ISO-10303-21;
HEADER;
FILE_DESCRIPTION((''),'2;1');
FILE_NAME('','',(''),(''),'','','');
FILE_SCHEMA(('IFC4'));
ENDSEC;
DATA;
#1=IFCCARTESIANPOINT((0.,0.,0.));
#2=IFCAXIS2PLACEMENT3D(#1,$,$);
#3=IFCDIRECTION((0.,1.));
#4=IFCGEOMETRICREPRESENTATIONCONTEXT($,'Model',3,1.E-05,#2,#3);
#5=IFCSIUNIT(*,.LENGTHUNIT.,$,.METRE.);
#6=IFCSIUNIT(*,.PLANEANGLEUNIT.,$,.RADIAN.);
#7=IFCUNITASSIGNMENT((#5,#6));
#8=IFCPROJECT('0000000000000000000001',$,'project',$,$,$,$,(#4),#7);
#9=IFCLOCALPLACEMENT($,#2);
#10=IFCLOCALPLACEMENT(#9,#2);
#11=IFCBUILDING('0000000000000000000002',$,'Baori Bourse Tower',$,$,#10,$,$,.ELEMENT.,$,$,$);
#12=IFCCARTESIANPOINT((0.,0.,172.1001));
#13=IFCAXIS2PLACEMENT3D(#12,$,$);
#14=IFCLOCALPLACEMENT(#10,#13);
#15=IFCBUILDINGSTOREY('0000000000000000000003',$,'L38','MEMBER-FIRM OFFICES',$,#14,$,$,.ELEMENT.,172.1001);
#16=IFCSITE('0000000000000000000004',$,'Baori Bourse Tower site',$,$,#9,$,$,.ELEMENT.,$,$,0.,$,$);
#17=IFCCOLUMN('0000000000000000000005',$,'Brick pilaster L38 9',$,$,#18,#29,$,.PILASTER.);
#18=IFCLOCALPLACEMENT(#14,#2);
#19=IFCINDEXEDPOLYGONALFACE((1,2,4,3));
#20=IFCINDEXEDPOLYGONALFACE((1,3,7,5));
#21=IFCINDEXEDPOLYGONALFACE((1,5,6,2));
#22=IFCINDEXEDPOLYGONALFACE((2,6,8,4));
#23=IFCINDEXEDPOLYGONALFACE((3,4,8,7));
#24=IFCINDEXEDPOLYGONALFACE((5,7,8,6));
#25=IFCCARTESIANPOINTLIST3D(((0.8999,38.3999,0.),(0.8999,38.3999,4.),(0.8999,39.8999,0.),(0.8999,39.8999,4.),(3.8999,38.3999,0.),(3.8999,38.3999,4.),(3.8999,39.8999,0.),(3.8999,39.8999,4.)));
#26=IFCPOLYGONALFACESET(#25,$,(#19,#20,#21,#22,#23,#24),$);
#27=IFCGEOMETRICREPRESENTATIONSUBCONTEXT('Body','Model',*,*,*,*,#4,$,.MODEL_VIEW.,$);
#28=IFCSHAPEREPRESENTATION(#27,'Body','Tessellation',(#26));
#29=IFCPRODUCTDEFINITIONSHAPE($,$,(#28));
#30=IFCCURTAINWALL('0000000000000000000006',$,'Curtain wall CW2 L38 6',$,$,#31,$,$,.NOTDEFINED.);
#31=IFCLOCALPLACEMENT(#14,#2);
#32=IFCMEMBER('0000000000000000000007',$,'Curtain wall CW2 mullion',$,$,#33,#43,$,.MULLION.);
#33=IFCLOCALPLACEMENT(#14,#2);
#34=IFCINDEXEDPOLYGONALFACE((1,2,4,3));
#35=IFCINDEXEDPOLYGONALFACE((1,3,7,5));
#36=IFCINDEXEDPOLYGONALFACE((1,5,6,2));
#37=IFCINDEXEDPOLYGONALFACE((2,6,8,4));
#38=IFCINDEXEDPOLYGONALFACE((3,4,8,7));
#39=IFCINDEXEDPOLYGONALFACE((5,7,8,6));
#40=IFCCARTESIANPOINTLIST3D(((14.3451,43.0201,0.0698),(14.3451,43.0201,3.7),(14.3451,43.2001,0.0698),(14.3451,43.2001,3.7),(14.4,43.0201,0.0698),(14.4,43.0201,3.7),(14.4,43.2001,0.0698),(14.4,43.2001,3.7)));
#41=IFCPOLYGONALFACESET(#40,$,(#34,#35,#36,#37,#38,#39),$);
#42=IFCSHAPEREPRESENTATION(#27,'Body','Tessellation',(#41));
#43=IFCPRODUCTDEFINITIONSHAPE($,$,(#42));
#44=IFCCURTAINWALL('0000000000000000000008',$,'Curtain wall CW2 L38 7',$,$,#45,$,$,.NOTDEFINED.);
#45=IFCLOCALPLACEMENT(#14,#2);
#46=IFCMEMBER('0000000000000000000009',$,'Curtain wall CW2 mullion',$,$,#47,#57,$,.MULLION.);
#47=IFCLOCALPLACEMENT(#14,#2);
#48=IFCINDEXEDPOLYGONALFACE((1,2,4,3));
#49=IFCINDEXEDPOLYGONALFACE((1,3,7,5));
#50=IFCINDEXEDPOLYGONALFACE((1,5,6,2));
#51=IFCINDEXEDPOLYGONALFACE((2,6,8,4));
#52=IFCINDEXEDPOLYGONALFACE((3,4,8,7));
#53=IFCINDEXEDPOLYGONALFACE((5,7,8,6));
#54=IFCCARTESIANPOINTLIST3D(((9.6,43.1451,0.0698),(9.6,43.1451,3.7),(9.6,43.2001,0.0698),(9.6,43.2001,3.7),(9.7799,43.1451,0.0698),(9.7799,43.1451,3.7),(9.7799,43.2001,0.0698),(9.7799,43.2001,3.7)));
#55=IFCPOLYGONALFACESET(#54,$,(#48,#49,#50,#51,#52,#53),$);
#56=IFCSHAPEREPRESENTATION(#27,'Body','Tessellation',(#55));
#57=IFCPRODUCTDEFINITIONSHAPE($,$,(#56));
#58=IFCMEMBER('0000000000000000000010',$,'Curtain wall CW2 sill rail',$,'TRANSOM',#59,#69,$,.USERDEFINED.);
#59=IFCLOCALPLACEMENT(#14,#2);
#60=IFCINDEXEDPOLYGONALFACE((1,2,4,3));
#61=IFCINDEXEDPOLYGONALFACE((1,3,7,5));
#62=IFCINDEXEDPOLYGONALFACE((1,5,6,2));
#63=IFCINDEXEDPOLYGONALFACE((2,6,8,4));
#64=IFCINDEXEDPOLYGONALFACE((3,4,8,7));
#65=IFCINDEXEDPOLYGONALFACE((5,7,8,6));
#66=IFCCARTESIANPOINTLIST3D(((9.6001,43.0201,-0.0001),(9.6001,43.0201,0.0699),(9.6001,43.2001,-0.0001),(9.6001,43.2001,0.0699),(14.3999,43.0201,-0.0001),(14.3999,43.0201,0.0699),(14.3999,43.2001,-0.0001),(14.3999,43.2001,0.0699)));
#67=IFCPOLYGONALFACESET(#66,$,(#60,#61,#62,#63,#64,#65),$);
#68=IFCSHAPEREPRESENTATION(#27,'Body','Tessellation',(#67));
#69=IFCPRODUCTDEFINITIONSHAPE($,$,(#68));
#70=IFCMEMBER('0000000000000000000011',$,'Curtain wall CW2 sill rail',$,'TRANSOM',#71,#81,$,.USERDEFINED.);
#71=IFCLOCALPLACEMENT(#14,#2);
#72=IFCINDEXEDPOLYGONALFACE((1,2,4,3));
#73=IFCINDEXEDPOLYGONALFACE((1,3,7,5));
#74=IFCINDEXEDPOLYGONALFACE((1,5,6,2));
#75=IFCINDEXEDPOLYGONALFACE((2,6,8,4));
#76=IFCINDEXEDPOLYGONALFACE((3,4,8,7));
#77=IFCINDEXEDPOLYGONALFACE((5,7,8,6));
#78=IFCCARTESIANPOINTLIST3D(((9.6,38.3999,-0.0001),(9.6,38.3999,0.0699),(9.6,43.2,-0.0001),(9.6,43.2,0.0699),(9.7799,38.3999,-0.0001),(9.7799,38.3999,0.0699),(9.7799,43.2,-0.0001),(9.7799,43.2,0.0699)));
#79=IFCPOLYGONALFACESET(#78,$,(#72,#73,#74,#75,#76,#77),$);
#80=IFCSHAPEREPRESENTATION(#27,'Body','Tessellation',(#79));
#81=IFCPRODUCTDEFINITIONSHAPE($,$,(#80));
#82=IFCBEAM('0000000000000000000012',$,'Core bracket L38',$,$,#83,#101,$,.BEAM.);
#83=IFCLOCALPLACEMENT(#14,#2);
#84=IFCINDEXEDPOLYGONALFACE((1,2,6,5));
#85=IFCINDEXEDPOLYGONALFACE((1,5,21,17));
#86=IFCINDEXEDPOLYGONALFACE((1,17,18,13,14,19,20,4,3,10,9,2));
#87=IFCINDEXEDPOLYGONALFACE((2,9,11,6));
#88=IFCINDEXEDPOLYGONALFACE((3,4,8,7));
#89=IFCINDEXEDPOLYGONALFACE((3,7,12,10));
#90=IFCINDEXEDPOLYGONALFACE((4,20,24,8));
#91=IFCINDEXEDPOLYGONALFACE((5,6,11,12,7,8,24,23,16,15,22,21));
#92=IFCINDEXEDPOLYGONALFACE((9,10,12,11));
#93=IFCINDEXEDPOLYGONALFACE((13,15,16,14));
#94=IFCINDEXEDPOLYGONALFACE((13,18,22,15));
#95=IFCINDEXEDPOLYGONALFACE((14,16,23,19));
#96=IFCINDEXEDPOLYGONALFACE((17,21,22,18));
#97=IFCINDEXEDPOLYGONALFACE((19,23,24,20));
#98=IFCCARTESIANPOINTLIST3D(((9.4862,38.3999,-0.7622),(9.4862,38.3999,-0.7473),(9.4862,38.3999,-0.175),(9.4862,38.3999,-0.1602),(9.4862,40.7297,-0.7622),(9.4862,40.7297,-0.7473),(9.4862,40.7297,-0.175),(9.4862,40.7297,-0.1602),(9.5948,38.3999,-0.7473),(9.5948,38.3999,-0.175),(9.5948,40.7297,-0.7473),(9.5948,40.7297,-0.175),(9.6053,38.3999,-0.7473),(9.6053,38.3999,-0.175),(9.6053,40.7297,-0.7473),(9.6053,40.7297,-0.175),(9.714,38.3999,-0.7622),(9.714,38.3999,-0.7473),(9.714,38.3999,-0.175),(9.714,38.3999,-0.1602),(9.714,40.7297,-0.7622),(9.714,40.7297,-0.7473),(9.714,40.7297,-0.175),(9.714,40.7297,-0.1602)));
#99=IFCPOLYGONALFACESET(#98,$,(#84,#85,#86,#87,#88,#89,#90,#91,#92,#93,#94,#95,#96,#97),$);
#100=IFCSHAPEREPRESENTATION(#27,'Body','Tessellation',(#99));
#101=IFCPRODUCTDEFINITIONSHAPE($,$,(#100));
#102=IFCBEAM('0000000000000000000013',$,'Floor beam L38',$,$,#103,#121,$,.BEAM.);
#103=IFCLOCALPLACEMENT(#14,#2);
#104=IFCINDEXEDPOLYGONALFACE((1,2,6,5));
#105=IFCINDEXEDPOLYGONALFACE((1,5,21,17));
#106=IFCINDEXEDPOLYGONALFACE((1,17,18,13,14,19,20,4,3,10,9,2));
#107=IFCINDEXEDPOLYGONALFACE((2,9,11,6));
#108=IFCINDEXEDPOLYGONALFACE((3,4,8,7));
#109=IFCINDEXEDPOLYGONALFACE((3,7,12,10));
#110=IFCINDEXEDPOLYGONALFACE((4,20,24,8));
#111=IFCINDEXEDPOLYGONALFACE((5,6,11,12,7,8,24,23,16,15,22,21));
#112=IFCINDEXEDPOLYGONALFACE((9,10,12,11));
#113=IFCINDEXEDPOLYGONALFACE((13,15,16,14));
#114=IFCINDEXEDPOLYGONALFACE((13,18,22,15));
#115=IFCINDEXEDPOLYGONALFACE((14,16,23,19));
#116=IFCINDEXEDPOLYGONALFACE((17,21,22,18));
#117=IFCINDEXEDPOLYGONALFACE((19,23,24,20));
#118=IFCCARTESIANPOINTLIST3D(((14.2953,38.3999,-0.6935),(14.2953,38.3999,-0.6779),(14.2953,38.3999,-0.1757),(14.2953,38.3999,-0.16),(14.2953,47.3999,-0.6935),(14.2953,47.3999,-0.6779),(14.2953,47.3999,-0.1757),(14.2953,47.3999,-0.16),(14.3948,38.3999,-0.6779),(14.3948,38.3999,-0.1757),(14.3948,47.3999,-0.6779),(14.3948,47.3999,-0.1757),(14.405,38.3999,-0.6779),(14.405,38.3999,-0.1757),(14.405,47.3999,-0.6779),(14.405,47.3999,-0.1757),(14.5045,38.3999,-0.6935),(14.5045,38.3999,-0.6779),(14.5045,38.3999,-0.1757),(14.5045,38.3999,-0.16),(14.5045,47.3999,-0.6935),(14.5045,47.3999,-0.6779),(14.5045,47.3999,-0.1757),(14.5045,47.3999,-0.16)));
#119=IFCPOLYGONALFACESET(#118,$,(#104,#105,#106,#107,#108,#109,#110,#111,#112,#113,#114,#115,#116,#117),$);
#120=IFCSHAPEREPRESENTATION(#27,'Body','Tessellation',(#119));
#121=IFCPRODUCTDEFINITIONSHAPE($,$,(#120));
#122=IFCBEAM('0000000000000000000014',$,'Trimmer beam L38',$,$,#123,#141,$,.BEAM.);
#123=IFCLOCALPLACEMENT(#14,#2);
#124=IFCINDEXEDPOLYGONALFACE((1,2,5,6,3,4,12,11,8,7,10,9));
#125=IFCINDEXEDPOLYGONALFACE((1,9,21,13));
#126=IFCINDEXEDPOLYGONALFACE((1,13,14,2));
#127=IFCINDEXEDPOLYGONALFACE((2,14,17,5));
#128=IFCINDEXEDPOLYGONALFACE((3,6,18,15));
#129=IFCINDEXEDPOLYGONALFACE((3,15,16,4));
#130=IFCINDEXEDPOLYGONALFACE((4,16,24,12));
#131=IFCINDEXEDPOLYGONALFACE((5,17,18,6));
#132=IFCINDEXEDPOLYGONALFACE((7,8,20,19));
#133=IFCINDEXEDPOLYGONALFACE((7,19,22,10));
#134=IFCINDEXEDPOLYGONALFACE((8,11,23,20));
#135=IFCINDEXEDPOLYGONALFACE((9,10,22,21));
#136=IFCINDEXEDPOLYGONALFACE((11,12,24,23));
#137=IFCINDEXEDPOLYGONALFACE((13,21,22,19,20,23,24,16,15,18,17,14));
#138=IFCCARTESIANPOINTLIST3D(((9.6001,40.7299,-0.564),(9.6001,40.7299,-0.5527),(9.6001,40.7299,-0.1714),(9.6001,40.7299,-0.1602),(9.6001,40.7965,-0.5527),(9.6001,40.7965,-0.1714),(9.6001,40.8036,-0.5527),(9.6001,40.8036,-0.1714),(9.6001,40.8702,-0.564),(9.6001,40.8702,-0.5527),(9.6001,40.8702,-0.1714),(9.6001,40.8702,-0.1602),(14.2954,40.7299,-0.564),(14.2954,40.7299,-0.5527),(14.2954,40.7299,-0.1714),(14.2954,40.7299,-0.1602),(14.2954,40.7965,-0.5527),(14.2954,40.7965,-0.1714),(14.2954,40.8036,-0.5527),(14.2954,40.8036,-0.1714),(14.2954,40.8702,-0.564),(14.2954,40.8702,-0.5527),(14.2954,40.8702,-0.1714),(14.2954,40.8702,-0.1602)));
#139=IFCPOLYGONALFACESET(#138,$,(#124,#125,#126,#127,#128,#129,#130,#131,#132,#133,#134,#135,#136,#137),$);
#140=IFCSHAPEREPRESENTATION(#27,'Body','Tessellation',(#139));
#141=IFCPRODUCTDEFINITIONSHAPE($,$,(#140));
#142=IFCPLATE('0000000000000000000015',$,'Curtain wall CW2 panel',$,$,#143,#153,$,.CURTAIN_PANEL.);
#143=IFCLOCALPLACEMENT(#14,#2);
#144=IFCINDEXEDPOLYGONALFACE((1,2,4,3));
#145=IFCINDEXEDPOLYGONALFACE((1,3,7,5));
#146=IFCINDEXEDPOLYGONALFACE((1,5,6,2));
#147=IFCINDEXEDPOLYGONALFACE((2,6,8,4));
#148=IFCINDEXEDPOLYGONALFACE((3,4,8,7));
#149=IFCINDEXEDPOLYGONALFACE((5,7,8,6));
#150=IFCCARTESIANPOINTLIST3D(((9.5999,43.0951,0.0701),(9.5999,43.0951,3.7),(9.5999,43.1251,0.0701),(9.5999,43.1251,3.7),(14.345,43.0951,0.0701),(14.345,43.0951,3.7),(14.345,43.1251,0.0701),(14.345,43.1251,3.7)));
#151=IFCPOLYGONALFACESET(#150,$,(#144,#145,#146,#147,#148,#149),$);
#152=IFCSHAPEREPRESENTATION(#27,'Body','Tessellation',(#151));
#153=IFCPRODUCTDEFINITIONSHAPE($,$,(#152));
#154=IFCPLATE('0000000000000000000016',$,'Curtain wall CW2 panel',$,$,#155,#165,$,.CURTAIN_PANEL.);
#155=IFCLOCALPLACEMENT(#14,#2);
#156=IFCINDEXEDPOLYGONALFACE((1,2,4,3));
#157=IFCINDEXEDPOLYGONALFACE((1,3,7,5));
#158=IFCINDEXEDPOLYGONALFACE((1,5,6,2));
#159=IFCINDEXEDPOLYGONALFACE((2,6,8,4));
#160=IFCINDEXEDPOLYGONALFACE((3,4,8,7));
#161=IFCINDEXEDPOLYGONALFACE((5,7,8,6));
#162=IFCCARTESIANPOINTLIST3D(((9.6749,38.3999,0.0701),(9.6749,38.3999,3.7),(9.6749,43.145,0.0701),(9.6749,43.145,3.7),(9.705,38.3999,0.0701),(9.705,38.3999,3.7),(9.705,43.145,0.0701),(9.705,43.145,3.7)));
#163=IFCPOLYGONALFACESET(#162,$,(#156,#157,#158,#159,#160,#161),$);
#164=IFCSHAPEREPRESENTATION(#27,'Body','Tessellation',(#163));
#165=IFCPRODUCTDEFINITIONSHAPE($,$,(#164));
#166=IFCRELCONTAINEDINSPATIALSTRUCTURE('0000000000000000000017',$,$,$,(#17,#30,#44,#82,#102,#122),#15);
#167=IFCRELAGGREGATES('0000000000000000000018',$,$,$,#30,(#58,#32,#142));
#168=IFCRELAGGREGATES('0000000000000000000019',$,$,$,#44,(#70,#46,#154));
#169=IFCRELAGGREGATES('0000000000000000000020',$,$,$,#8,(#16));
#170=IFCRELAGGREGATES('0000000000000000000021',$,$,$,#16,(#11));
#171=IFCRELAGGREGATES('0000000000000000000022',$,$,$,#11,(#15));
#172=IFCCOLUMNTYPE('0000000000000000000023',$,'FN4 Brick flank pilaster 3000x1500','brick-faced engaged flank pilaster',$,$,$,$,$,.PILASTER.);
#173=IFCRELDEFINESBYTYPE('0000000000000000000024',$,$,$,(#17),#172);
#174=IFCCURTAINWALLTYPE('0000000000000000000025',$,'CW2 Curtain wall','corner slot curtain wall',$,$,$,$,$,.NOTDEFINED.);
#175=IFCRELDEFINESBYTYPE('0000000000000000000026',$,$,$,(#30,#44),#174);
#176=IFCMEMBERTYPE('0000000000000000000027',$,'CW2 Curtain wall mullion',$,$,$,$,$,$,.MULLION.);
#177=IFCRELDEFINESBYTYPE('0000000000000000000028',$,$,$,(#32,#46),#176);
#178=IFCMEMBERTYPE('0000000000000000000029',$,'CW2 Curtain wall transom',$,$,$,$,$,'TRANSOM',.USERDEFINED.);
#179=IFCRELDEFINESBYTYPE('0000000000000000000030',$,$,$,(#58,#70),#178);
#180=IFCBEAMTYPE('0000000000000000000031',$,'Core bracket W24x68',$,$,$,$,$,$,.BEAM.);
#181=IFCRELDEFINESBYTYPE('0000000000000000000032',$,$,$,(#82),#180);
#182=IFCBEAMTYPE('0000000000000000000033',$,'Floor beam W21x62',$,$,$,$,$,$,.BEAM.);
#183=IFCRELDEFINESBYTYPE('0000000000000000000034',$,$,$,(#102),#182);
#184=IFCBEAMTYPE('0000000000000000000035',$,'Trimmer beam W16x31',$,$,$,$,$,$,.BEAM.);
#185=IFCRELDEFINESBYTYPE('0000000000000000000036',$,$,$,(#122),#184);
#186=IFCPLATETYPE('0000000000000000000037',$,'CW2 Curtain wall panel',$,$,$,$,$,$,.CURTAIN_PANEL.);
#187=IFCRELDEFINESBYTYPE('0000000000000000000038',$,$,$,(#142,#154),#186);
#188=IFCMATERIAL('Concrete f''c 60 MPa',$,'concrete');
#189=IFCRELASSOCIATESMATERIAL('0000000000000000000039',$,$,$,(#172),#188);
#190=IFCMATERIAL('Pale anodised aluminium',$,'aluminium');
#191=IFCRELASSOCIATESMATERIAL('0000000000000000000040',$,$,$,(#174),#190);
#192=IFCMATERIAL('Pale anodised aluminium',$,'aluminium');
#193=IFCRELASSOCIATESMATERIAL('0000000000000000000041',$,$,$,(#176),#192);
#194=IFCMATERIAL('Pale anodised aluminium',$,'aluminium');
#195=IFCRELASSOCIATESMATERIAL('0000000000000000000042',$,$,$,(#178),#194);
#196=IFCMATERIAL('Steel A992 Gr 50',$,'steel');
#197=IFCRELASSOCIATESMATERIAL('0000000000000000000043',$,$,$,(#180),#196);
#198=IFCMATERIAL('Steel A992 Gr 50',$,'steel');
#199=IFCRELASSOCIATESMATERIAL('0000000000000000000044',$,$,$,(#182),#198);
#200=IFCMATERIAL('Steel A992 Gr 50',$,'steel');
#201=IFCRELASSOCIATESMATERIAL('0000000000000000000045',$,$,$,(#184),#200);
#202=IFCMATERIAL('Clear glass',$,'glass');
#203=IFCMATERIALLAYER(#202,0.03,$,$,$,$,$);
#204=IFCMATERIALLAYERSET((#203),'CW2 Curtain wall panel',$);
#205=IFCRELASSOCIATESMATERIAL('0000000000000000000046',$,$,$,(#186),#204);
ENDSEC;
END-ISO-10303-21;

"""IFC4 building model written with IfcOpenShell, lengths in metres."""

from ifc_helpers import new_model, si_unit, direction, frame, origin, origin_2d, place, context, subcontext, project, spatial, rectangle, i_section, extrude, material, layer, layer_set, material_profile, profile_set, type_object, element, aggregate, save


model = new_model("IFC4")

# Units and contexts
model_context = context("Model", 3, precision=1e-05, world=origin(), true_north=direction((0.0, 1.0)))
body_context = subcontext(model_context, "Body", "Model", "MODEL_VIEW")
ifc_project = project(units=[si_unit("LENGTHUNIT", "METRE"), si_unit("PLANEANGLEUNIT", "RADIAN")], contexts=[model_context])

# Site, building, storey
site_placement = place(None, origin())
site = spatial("IfcSite", under=ifc_project, at=site_placement, Name="Baori Bourse Tower site", CompositionType="ELEMENT", RefElevation=0.0)
building_placement = place(site_placement, origin())
building = spatial("IfcBuilding", under=site, at=building_placement, Name="Baori Bourse Tower", CompositionType="ELEMENT")
storey_placement = place(building_placement, frame((0.0, 0.0, 172.1001)))
storey = spatial("IfcBuildingStorey", under=building, at=storey_placement, Name="L38", Description="MEMBER-FIRM OFFICES", CompositionType="ELEMENT", Elevation=172.1001)

# Column
ifc_material_1 = material(Name="Concrete f'c 60 MPa", Category="concrete")
ifc_material_profile_1 = material_profile(ifc_material_1, rectangle(XDim=3.0, YDim=1.5, at=origin_2d()), Name="RC 3000x1500")
ifc_profile_set_1 = profile_set([ifc_material_profile_1], Name="Concrete f'c 60 MPa")
column_type = type_object("IfcColumnType", Name="FN4 Brick flank pilaster 3000x1500", Description="brick-faced engaged flank pilaster", PredefinedType="PILASTER", material=ifc_profile_set_1)
column_placement = place(storey_placement, frame((2.3999, 39.1499, 0.0), z_axis=(0.0, 0.0, 1.0), x_axis=(1.0, 0.0, 0.0)))
element("IfcColumn", 1, at=column_placement, inside=storey, type_object=column_type, Name="Brick pilaster L38 9", PredefinedType="PILASTER", context=body_context, shape_type="SweptSolid", body=[
    extrude(rectangle(XDim=3.0, YDim=1.5, at=origin_2d()), origin(), (0.0, 0.0, 1.0), 4.0),
])

# Curtain walls, members
ifc_material_2 = material(Name="Pale anodised aluminium", Category="aluminium")
curtain_wall_type = type_object("IfcCurtainWallType", Name="CW2 Curtain wall", Description="corner slot curtain wall", PredefinedType="NOTDEFINED", material=ifc_material_2)
curtain_wall_1_placement = place(storey_placement, origin())
curtain_wall_1 = element("IfcCurtainWall", 2, at=curtain_wall_1_placement, inside=storey, type_object=curtain_wall_type, Name="Curtain wall CW2 L38 6", PredefinedType="NOTDEFINED")
ifc_material_3 = material(Name="Pale anodised aluminium", Category="aluminium")
ifc_material_profile_2 = material_profile(ifc_material_3, rectangle(XDim=0.1799, YDim=0.0549, at=origin_2d()), Name="Mullion 55x180")
ifc_profile_set_2 = profile_set([ifc_material_profile_2], Name="Pale anodised aluminium")
member_type_1 = type_object("IfcMemberType", Name="CW2 Curtain wall mullion", PredefinedType="MULLION", material=ifc_profile_set_2)
member_1_placement = place(storey_placement, frame((14.3726, 43.1101, 0.0698), z_axis=(0.0, 0.0, 1.0), x_axis=(0.0, -1.0, 0.0)))
member_1 = element("IfcMember", 3, at=member_1_placement, type_object=member_type_1, Name="Curtain wall CW2 mullion", PredefinedType="MULLION", context=body_context, shape_type="SweptSolid", body=[
    extrude(rectangle(XDim=0.1799, YDim=0.0549, at=origin_2d()), origin(), (0.0, 0.0, 1.0), 3.6301),
])
curtain_wall_2_placement = place(storey_placement, origin())
curtain_wall_2 = element("IfcCurtainWall", 4, at=curtain_wall_2_placement, inside=storey, type_object=curtain_wall_type, Name="Curtain wall CW2 L38 7", PredefinedType="NOTDEFINED")
member_2_placement = place(storey_placement, frame((9.6899, 43.1726, 0.0698), z_axis=(0.0, 0.0, 1.0), x_axis=(1.0, 0.0, 0.0)))
member_2 = element("IfcMember", 5, at=member_2_placement, type_object=member_type_1, Name="Curtain wall CW2 mullion", PredefinedType="MULLION", context=body_context, shape_type="SweptSolid", body=[
    extrude(rectangle(XDim=0.1799, YDim=0.0549, at=origin_2d()), origin(), (0.0, 0.0, 1.0), 3.6301),
])

# Members
ifc_material_4 = material(Name="Pale anodised aluminium", Category="aluminium")
ifc_material_profile_3 = material_profile(ifc_material_4, rectangle(XDim=0.1799, YDim=0.0701, at=origin_2d()), Name="Transom 70x180")
ifc_profile_set_3 = profile_set([ifc_material_profile_3], Name="Pale anodised aluminium")
member_type_2 = type_object("IfcMemberType", Name="CW2 Curtain wall transom", ElementType="TRANSOM", PredefinedType="USERDEFINED", material=ifc_profile_set_3)
member_3_placement = place(storey_placement, frame((14.3999, 43.1101, 0.0349), z_axis=(-1.0, 0.0, 0.0), x_axis=(0.0, -1.0, 0.0)))
member_3 = element("IfcMember", 6, at=member_3_placement, type_object=member_type_2, Name="Curtain wall CW2 sill rail", ObjectType="TRANSOM", PredefinedType="USERDEFINED", context=body_context, shape_type="SweptSolid", body=[
    extrude(rectangle(XDim=0.1799, YDim=0.0701, at=origin_2d()), origin(), (0.0, 0.0, 1.0), 4.7998),
])
member_4_placement = place(storey_placement, frame((9.6899, 43.2, 0.0349), z_axis=(0.0, -1.0, 0.0), x_axis=(1.0, 0.0, 0.0)))
member_4 = element("IfcMember", 7, at=member_4_placement, type_object=member_type_2, Name="Curtain wall CW2 sill rail", ObjectType="TRANSOM", PredefinedType="USERDEFINED", context=body_context, shape_type="SweptSolid", body=[
    extrude(rectangle(XDim=0.1799, YDim=0.0701, at=origin_2d()), origin(), (0.0, 0.0, 1.0), 4.8),
])

# Beams
ifc_material_5 = material(Name="Steel A992 Gr 50", Category="steel")
ifc_material_profile_4 = material_profile(ifc_material_5, i_section(OverallWidth=0.2278, OverallDepth=0.6021, WebThickness=0.0105, FlangeThickness=0.0149, at=origin_2d()), Name="W24x68")
ifc_profile_set_4 = profile_set([ifc_material_profile_4], Name="Steel A992 Gr 50")
beam_type_1 = type_object("IfcBeamType", Name="Core bracket W24x68", PredefinedType="BEAM", material=ifc_profile_set_4)
beam_1_placement = place(storey_placement, frame((9.6001, 38.3999, -0.4612), z_axis=(0.0, 1.0, 0.0), x_axis=(-1.0, 0.0, 0.0)))
element("IfcBeam", 8, at=beam_1_placement, inside=storey, type_object=beam_type_1, Name="Core bracket L38", PredefinedType="BEAM", context=body_context, shape_type="SweptSolid", body=[
    extrude(i_section(OverallWidth=0.2278, OverallDepth=0.6021, WebThickness=0.0105, FlangeThickness=0.0149, at=origin_2d()), origin(), (0.0, 0.0, 1.0), 2.3298),
])
ifc_material_6 = material(Name="Steel A992 Gr 50", Category="steel")
ifc_material_profile_5 = material_profile(ifc_material_6, i_section(OverallWidth=0.2092, OverallDepth=0.5334, WebThickness=0.0103, FlangeThickness=0.0156, at=origin_2d()), Name="W21x62")
ifc_profile_set_5 = profile_set([ifc_material_profile_5], Name="Steel A992 Gr 50")
beam_type_2 = type_object("IfcBeamType", Name="Floor beam W21x62", PredefinedType="BEAM", material=ifc_profile_set_5)
beam_2_placement = place(storey_placement, frame((14.3999, 38.3999, -0.4268), z_axis=(0.0, 1.0, 0.0), x_axis=(-1.0, 0.0, 0.0)))
element("IfcBeam", 9, at=beam_2_placement, inside=storey, type_object=beam_type_2, Name="Floor beam L38", PredefinedType="BEAM", context=body_context, shape_type="SweptSolid", body=[
    extrude(i_section(OverallWidth=0.2092, OverallDepth=0.5334, WebThickness=0.0103, FlangeThickness=0.0156, at=origin_2d()), origin(), (0.0, 0.0, 1.0), 9.0),
])
ifc_material_7 = material(Name="Steel A992 Gr 50", Category="steel")
ifc_material_profile_6 = material_profile(ifc_material_7, i_section(OverallWidth=0.1404, OverallDepth=0.4038, WebThickness=0.0071, FlangeThickness=0.0112, at=origin_2d()), Name="W16x31")
ifc_profile_set_6 = profile_set([ifc_material_profile_6], Name="Steel A992 Gr 50")
beam_type_3 = type_object("IfcBeamType", Name="Trimmer beam W16x31", PredefinedType="BEAM", material=ifc_profile_set_6)
beam_3_placement = place(storey_placement, frame((9.6001, 40.8, -0.3621), z_axis=(1.0, 0.0, 0.0), x_axis=(0.0, 1.0, 0.0)))
element("IfcBeam", 10, at=beam_3_placement, inside=storey, type_object=beam_type_3, Name="Trimmer beam L38", PredefinedType="BEAM", context=body_context, shape_type="SweptSolid", body=[
    extrude(i_section(OverallWidth=0.1404, OverallDepth=0.4038, WebThickness=0.0071, FlangeThickness=0.0112, at=origin_2d()), origin(), (0.0, 0.0, 1.0), 4.6953),
])

# Plates
ifc_material_8 = material(Name="Clear glass", Category="glass")
ifc_layer_1 = layer(ifc_material_8, 0.03)
ifc_layer_set_1 = layer_set([ifc_layer_1], Name="CW2 Curtain wall panel")
plate_type = type_object("IfcPlateType", Name="CW2 Curtain wall panel", PredefinedType="CURTAIN_PANEL", material=ifc_layer_set_1)
plate_1_placement = place(storey_placement, frame((11.9724, 43.1101, 0.0701), z_axis=(0.0, 0.0, 1.0), x_axis=(-1.0, 0.0, 0.0)))
plate_1 = element("IfcPlate", 11, at=plate_1_placement, type_object=plate_type, Name="Curtain wall CW2 panel", PredefinedType="CURTAIN_PANEL", context=body_context, shape_type="SweptSolid", body=[
    extrude(rectangle(XDim=4.7451, YDim=0.03, at=origin_2d()), origin(), (0.0, 0.0, 1.0), 3.6299),
])
aggregate(curtain_wall_1, [member_3, member_1, plate_1])
plate_2_placement = place(storey_placement, frame((9.6899, 40.7725, 0.0701), z_axis=(0.0, 0.0, 1.0), x_axis=(0.0, -1.0, 0.0)))
plate_2 = element("IfcPlate", 12, at=plate_2_placement, type_object=plate_type, Name="Curtain wall CW2 panel", PredefinedType="CURTAIN_PANEL", context=body_context, shape_type="SweptSolid", body=[
    extrude(rectangle(XDim=4.7451, YDim=0.03, at=origin_2d()), origin(), (0.0, 0.0, 1.0), 3.6299),
])
aggregate(curtain_wall_2, [member_4, member_2, plate_2])

save(model, "model.ifc")
